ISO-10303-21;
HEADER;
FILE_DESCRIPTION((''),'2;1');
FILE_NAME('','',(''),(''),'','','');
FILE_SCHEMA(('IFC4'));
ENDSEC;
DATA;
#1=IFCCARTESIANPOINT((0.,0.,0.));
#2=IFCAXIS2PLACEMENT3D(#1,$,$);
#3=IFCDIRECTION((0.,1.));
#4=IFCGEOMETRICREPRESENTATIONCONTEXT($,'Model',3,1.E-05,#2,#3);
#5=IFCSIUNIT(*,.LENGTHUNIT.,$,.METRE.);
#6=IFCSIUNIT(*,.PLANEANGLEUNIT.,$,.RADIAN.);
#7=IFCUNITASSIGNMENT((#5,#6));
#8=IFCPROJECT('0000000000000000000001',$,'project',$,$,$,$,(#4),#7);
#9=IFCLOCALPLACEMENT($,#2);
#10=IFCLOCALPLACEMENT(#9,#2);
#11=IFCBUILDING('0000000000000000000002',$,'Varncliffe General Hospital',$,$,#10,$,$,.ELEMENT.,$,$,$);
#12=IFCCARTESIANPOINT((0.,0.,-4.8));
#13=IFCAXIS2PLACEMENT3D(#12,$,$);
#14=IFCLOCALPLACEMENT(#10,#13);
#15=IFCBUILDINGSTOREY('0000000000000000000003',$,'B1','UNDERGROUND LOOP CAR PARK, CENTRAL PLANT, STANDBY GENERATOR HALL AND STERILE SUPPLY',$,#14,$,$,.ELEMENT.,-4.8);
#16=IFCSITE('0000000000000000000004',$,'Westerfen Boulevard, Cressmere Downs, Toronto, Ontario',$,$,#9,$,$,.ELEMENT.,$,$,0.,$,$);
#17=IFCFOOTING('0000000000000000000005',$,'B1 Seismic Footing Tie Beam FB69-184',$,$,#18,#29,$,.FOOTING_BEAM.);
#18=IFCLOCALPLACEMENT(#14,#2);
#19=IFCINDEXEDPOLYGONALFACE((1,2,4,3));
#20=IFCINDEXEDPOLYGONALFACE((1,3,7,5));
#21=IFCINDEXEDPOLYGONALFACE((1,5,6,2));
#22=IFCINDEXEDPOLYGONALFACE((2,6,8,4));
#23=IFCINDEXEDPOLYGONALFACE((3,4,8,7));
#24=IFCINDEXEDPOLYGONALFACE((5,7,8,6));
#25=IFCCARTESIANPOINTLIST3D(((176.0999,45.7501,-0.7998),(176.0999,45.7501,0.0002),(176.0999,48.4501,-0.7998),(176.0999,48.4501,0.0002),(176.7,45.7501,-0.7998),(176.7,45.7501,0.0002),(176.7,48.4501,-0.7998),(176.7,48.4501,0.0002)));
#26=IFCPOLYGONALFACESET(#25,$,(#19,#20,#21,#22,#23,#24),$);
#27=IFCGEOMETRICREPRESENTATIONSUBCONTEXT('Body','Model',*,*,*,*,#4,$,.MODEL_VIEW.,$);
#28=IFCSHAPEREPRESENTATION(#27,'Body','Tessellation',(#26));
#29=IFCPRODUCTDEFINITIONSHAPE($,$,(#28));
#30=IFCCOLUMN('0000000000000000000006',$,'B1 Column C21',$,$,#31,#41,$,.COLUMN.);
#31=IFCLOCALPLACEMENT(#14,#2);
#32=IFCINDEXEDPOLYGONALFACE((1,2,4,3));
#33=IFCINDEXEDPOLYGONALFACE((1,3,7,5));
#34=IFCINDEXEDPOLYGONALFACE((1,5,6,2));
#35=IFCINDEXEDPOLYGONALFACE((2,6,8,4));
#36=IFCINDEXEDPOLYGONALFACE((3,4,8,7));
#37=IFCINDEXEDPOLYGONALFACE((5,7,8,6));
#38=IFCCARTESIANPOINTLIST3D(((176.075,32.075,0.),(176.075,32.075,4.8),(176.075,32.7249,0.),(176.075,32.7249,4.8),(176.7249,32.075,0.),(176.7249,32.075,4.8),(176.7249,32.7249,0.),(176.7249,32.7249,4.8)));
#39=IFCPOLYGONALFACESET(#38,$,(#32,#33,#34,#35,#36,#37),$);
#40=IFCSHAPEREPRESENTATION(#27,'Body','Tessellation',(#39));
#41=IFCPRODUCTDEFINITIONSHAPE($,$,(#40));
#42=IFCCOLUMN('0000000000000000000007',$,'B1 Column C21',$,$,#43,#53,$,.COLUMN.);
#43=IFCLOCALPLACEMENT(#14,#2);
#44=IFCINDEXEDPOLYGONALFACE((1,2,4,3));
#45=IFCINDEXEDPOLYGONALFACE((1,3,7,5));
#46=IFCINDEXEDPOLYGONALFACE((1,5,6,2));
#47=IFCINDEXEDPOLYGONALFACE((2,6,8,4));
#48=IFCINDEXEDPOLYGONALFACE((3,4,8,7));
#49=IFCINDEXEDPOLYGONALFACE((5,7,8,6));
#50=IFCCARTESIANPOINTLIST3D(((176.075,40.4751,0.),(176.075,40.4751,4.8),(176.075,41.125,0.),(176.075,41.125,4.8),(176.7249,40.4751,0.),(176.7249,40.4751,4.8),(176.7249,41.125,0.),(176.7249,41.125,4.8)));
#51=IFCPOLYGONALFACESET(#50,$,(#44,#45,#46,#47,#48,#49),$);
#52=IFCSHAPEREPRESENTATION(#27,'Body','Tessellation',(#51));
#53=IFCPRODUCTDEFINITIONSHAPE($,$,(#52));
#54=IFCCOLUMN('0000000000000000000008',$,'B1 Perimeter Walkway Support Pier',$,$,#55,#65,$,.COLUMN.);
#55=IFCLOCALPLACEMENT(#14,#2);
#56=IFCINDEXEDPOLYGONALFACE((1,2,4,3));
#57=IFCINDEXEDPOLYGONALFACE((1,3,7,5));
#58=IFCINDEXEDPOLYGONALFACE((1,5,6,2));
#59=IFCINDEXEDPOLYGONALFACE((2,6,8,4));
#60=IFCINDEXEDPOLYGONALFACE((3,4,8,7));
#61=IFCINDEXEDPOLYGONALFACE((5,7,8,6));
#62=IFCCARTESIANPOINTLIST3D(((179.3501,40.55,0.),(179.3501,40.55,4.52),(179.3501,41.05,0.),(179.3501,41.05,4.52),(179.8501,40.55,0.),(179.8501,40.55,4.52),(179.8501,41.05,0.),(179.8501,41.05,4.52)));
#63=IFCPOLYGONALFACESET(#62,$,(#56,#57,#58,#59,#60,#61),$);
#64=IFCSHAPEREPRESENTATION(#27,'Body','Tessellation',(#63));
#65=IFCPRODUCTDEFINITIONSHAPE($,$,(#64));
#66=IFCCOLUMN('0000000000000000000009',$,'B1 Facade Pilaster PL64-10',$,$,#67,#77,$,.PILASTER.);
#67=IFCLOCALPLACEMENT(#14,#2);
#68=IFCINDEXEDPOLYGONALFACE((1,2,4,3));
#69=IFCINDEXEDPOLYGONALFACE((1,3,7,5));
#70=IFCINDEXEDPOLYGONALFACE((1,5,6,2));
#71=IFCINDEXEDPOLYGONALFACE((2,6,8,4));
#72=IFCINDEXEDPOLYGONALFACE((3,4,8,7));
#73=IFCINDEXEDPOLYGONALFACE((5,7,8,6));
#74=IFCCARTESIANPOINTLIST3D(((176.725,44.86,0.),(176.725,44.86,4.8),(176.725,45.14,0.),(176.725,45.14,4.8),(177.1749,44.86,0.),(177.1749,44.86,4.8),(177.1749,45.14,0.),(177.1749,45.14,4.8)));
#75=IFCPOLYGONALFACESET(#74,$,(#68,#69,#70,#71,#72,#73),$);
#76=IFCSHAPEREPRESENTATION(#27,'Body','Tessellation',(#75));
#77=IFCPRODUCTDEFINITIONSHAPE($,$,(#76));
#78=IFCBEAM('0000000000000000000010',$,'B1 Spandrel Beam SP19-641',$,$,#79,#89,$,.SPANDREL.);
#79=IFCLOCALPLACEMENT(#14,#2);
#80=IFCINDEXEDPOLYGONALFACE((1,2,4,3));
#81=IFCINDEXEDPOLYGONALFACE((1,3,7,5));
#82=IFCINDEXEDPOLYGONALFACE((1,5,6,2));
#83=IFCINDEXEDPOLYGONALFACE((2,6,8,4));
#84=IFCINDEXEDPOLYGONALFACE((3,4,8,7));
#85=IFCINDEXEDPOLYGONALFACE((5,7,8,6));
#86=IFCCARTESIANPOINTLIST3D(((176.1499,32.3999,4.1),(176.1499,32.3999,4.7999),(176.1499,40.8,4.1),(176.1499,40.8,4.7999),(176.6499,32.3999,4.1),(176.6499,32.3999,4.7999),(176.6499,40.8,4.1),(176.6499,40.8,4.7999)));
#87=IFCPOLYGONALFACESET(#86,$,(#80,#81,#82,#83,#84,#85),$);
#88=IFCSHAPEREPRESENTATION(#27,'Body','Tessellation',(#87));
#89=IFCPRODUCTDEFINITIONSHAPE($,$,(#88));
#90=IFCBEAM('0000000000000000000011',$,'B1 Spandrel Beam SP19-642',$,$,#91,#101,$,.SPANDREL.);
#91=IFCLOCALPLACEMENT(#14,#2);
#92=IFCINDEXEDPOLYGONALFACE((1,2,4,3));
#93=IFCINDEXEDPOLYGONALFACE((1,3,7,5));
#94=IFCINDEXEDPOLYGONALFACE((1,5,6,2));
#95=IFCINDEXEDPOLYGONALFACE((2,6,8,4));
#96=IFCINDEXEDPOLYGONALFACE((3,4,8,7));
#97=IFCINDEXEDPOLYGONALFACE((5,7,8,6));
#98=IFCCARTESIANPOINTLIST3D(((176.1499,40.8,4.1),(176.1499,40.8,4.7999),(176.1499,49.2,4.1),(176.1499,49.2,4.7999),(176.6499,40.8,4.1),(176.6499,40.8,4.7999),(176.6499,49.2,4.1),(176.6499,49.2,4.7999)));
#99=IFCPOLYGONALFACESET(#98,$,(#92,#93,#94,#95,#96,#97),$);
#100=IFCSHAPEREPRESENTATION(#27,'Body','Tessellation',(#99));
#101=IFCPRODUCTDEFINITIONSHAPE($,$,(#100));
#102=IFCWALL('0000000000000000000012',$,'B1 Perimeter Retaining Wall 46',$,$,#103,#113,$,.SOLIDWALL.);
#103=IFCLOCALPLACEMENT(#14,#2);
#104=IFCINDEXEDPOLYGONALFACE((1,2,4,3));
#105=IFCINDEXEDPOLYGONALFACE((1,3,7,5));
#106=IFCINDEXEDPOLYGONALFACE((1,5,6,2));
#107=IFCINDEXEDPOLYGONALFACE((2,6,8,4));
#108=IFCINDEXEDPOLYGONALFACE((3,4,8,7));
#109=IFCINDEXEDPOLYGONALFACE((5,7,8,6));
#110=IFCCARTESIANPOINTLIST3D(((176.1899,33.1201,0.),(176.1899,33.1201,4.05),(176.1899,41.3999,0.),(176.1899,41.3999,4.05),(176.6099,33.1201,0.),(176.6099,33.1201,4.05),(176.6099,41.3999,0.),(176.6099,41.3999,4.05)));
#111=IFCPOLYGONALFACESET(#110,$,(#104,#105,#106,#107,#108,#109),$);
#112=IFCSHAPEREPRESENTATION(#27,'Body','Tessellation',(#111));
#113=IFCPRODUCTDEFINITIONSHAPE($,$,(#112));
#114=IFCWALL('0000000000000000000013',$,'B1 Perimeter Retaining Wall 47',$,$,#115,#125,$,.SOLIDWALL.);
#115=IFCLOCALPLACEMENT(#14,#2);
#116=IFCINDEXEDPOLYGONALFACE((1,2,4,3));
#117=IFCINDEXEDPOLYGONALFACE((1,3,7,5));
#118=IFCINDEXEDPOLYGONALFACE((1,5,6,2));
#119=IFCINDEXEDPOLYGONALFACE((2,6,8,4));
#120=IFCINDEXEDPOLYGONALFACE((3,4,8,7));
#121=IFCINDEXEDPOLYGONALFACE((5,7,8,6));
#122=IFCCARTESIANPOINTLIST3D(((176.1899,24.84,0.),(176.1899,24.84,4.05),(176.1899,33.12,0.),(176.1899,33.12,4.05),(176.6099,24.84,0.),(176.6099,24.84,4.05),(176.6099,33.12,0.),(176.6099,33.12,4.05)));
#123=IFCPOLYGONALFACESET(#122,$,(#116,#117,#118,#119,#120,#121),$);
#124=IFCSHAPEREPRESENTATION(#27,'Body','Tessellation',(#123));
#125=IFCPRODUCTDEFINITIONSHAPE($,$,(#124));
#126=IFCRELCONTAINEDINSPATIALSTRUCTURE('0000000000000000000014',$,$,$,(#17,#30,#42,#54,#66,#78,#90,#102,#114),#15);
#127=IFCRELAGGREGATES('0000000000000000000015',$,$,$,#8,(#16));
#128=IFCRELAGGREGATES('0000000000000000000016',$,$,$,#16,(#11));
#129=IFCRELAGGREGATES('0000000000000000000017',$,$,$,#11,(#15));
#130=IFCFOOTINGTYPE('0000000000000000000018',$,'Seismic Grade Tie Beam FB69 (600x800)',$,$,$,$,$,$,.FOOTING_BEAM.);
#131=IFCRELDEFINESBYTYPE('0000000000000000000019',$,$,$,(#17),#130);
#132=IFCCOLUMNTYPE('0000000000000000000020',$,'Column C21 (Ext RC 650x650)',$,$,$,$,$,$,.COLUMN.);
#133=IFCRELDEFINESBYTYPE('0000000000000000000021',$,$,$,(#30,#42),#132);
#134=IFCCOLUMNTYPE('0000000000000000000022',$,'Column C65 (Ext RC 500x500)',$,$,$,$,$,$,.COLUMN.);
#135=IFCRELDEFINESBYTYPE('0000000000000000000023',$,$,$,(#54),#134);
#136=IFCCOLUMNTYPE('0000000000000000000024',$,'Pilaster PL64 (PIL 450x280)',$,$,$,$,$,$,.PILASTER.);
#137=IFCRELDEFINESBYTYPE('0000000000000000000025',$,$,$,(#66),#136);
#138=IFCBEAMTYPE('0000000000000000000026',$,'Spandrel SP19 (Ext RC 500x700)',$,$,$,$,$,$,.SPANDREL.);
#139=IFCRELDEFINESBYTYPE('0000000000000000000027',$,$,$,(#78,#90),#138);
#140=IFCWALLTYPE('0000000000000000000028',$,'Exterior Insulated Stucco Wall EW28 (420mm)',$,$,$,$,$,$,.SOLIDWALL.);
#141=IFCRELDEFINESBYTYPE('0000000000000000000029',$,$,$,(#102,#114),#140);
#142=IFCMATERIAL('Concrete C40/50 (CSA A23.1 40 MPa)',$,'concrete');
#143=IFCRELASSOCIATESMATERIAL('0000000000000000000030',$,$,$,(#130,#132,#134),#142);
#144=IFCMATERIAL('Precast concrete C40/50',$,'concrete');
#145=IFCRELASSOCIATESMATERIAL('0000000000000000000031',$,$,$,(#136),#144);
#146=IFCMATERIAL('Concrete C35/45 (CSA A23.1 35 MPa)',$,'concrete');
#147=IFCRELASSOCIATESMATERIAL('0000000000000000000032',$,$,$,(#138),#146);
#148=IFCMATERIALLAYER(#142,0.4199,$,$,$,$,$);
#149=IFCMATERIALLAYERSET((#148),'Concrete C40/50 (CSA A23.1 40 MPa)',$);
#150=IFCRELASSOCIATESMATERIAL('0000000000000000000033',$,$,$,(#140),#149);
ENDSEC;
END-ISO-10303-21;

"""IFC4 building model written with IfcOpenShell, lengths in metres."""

from ifc_helpers import new_model, si_unit, direction, frame, frame_2d, origin, origin_2d, place, context, subcontext, project, spatial, rectangle, extrude, material, layer, layer_set, material_profile, profile_set, type_object, element, save


model = new_model("IFC4")

# Units and contexts
model_context = context("Model", 3, precision=1e-05, world=origin(), true_north=direction((0.0, 1.0)))
body_context = subcontext(model_context, "Body", "Model", "MODEL_VIEW")
ifc_project = project(units=[si_unit("LENGTHUNIT", "METRE"), si_unit("PLANEANGLEUNIT", "RADIAN")], contexts=[model_context])

# Site, building, storey
site_placement = place(None, origin())
site = spatial("IfcSite", under=ifc_project, at=site_placement, Name="Westerfen Boulevard, Cressmere Downs, Toronto, Ontario", CompositionType="ELEMENT", RefElevation=0.0)
building_placement = place(site_placement, origin())
building = spatial("IfcBuilding", under=site, at=building_placement, Name="Varncliffe General Hospital", CompositionType="ELEMENT")
storey_placement = place(building_placement, frame((0.0, 0.0, -4.8)))
storey = spatial("IfcBuildingStorey", under=building, at=storey_placement, Name="B1", Description="UNDERGROUND LOOP CAR PARK, CENTRAL PLANT, STANDBY GENERATOR HALL AND STERILE SUPPLY", CompositionType="ELEMENT", Elevation=-4.8)

# Shared definitions
ifc_material_1 = material(Name="Concrete C40/50 (CSA A23.1 40 MPa)", Category="concrete")

# Footing
footing_type_1 = type_object("IfcFootingType", Name="Seismic Grade Tie Beam FB69 (600x800)", PredefinedType="FOOTING_BEAM", material=ifc_material_1)
for number, where, z_axis, x_axis, name in (
    (1, (176.3999, 47.1001, -0.7998), (0.0, 0.0, 1.0), (1.0, 0.0, 0.0), "B1 Seismic Footing Tie Beam FB69-184"),
):
    element("IfcFooting", number, at=place(storey_placement, frame(where, z_axis=z_axis, x_axis=x_axis)), inside=storey, type_object=footing_type_1, Name=name, PredefinedType="FOOTING_BEAM", context=body_context, shape_type="SweptSolid", body=[
        extrude(rectangle(XDim=0.6001, YDim=2.7, at=origin_2d()), origin(), (0.0, 0.0, 1.0), 0.8),
    ])

# Columns
ifc_material_profile_1 = material_profile(ifc_material_1, rectangle(XDim=0.6499, YDim=0.6499, at=origin_2d()), Name="RC 650x650")
ifc_profile_set_1 = profile_set([ifc_material_profile_1], Name="Concrete C40/50 (CSA A23.1 40 MPa)")
column_type_1 = type_object("IfcColumnType", Name="Column C21 (Ext RC 650x650)", PredefinedType="COLUMN", material=ifc_profile_set_1)
for number, where, z_axis, x_axis, name in (
    (2, (176.3999, 32.3999, 0.0), (0.0, 0.0, 1.0), (1.0, 0.0, 0.0), "B1 Column C21"),
    (3, (176.3999, 40.8, 0.0), (0.0, 0.0, 1.0), (1.0, 0.0, 0.0), "B1 Column C21"),
):
    element("IfcColumn", number, at=place(storey_placement, frame(where, z_axis=z_axis, x_axis=x_axis)), inside=storey, type_object=column_type_1, Name=name, PredefinedType="COLUMN", context=body_context, shape_type="SweptSolid", body=[
        extrude(rectangle(XDim=0.6499, YDim=0.6499, at=origin_2d()), origin(), (0.0, 0.0, 1.0), 4.8),
    ])
ifc_material_profile_2 = material_profile(ifc_material_1, rectangle(XDim=0.5, YDim=0.5, at=origin_2d()), Name="RC 500x500")
ifc_profile_set_2 = profile_set([ifc_material_profile_2], Name="Concrete C40/50 (CSA A23.1 40 MPa)")
column_type_2 = type_object("IfcColumnType", Name="Column C65 (Ext RC 500x500)", PredefinedType="COLUMN", material=ifc_profile_set_2)
column_1_placement = place(storey_placement, frame((179.6001, 40.8, 0.0), z_axis=(0.0, 0.0, 1.0), x_axis=(1.0, 0.0, 0.0)))
element("IfcColumn", 4, at=column_1_placement, inside=storey, type_object=column_type_2, Name="B1 Perimeter Walkway Support Pier", PredefinedType="COLUMN", context=body_context, shape_type="SweptSolid", body=[
    extrude(rectangle(XDim=0.5, YDim=0.5, at=origin_2d()), origin(), (0.0, 0.0, 1.0), 4.52),
])
ifc_material_2 = material(Name="Precast concrete C40/50", Category="concrete")
ifc_material_profile_3 = material_profile(ifc_material_2, rectangle(XDim=0.45, YDim=0.28, at=origin_2d()), Name="PIL 450x280")
ifc_profile_set_3 = profile_set([ifc_material_profile_3], Name="Precast concrete C40/50")
column_type_3 = type_object("IfcColumnType", Name="Pilaster PL64 (PIL 450x280)", PredefinedType="PILASTER", material=ifc_profile_set_3)
column_2_placement = place(storey_placement, frame((176.95, 45.0, 0.0), z_axis=(0.0, 0.0, 1.0), x_axis=(1.0, 0.0, 0.0)))
element("IfcColumn", 5, at=column_2_placement, inside=storey, type_object=column_type_3, Name="B1 Facade Pilaster PL64-10", PredefinedType="PILASTER", context=body_context, shape_type="SweptSolid", body=[
    extrude(rectangle(XDim=0.45, YDim=0.28, at=origin_2d()), origin(), (0.0, 0.0, 1.0), 4.8),
])

# Beams
ifc_material_3 = material(Name="Concrete C35/45 (CSA A23.1 35 MPa)", Category="concrete")
ifc_material_profile_4 = material_profile(ifc_material_3, rectangle(XDim=0.5, YDim=0.7, at=origin_2d()), Name="RC 500x700")
ifc_profile_set_4 = profile_set([ifc_material_profile_4], Name="Concrete C35/45 (CSA A23.1 35 MPa)")
beam_type = type_object("IfcBeamType", Name="Spandrel SP19 (Ext RC 500x700)", PredefinedType="SPANDREL", material=ifc_profile_set_4)
beam_1_placement = place(storey_placement, frame((176.3999, 32.3999, 4.45), z_axis=(0.0, 1.0, 0.0), x_axis=(-1.0, 0.0, 0.0)))
element("IfcBeam", 6, at=beam_1_placement, inside=storey, type_object=beam_type, Name="B1 Spandrel Beam SP19-641", PredefinedType="SPANDREL", context=body_context, shape_type="SweptSolid", body=[
    extrude(rectangle(XDim=0.5, YDim=0.7, at=origin_2d()), origin(), (0.0, 0.0, 1.0), 8.4001),
])
beam_2_placement = place(storey_placement, frame((176.3999, 40.8, 4.45), z_axis=(0.0, 1.0, 0.0), x_axis=(-1.0, 0.0, 0.0)))
element("IfcBeam", 7, at=beam_2_placement, inside=storey, type_object=beam_type, Name="B1 Spandrel Beam SP19-642", PredefinedType="SPANDREL", context=body_context, shape_type="SweptSolid", body=[
    extrude(rectangle(XDim=0.5, YDim=0.7, at=origin_2d()), origin(), (0.0, 0.0, 1.0), 8.3999),
])

# Walls
ifc_layer = layer(ifc_material_1, 0.4199)
ifc_layer_set = layer_set([ifc_layer], Name="Concrete C40/50 (CSA A23.1 40 MPa)")
wall_type = type_object("IfcWallType", Name="Exterior Insulated Stucco Wall EW28 (420mm)", PredefinedType="SOLIDWALL", material=ifc_layer_set)
wall_1_placement = place(storey_placement, frame((176.3999, 41.3999, 0.0), z_axis=(0.0, 0.0, 1.0), x_axis=(0.0, -1.0, 0.0)))
element("IfcWall", 8, at=wall_1_placement, inside=storey, type_object=wall_type, Name="B1 Perimeter Retaining Wall 46", PredefinedType="SOLIDWALL", context=body_context, shape_type="SweptSolid", body=[
    extrude(rectangle(XDim=8.2798, YDim=0.4199, at=frame_2d((4.1399, 0.0))), origin(), (0.0, 0.0, 1.0), 4.05),
])
wall_2_placement = place(storey_placement, frame((176.3999, 33.1201, 0.0), z_axis=(0.0, 0.0, 1.0), x_axis=(0.0, -1.0, 0.0)))
element("IfcWall", 9, at=wall_2_placement, inside=storey, type_object=wall_type, Name="B1 Perimeter Retaining Wall 47", PredefinedType="SOLIDWALL", context=body_context, shape_type="SweptSolid", body=[
    extrude(rectangle(XDim=8.28, YDim=0.4199, at=frame_2d((4.1401, 0.0))), origin(), (0.0, 0.0, 1.0), 4.05),
])

save(model, "model.ifc")
